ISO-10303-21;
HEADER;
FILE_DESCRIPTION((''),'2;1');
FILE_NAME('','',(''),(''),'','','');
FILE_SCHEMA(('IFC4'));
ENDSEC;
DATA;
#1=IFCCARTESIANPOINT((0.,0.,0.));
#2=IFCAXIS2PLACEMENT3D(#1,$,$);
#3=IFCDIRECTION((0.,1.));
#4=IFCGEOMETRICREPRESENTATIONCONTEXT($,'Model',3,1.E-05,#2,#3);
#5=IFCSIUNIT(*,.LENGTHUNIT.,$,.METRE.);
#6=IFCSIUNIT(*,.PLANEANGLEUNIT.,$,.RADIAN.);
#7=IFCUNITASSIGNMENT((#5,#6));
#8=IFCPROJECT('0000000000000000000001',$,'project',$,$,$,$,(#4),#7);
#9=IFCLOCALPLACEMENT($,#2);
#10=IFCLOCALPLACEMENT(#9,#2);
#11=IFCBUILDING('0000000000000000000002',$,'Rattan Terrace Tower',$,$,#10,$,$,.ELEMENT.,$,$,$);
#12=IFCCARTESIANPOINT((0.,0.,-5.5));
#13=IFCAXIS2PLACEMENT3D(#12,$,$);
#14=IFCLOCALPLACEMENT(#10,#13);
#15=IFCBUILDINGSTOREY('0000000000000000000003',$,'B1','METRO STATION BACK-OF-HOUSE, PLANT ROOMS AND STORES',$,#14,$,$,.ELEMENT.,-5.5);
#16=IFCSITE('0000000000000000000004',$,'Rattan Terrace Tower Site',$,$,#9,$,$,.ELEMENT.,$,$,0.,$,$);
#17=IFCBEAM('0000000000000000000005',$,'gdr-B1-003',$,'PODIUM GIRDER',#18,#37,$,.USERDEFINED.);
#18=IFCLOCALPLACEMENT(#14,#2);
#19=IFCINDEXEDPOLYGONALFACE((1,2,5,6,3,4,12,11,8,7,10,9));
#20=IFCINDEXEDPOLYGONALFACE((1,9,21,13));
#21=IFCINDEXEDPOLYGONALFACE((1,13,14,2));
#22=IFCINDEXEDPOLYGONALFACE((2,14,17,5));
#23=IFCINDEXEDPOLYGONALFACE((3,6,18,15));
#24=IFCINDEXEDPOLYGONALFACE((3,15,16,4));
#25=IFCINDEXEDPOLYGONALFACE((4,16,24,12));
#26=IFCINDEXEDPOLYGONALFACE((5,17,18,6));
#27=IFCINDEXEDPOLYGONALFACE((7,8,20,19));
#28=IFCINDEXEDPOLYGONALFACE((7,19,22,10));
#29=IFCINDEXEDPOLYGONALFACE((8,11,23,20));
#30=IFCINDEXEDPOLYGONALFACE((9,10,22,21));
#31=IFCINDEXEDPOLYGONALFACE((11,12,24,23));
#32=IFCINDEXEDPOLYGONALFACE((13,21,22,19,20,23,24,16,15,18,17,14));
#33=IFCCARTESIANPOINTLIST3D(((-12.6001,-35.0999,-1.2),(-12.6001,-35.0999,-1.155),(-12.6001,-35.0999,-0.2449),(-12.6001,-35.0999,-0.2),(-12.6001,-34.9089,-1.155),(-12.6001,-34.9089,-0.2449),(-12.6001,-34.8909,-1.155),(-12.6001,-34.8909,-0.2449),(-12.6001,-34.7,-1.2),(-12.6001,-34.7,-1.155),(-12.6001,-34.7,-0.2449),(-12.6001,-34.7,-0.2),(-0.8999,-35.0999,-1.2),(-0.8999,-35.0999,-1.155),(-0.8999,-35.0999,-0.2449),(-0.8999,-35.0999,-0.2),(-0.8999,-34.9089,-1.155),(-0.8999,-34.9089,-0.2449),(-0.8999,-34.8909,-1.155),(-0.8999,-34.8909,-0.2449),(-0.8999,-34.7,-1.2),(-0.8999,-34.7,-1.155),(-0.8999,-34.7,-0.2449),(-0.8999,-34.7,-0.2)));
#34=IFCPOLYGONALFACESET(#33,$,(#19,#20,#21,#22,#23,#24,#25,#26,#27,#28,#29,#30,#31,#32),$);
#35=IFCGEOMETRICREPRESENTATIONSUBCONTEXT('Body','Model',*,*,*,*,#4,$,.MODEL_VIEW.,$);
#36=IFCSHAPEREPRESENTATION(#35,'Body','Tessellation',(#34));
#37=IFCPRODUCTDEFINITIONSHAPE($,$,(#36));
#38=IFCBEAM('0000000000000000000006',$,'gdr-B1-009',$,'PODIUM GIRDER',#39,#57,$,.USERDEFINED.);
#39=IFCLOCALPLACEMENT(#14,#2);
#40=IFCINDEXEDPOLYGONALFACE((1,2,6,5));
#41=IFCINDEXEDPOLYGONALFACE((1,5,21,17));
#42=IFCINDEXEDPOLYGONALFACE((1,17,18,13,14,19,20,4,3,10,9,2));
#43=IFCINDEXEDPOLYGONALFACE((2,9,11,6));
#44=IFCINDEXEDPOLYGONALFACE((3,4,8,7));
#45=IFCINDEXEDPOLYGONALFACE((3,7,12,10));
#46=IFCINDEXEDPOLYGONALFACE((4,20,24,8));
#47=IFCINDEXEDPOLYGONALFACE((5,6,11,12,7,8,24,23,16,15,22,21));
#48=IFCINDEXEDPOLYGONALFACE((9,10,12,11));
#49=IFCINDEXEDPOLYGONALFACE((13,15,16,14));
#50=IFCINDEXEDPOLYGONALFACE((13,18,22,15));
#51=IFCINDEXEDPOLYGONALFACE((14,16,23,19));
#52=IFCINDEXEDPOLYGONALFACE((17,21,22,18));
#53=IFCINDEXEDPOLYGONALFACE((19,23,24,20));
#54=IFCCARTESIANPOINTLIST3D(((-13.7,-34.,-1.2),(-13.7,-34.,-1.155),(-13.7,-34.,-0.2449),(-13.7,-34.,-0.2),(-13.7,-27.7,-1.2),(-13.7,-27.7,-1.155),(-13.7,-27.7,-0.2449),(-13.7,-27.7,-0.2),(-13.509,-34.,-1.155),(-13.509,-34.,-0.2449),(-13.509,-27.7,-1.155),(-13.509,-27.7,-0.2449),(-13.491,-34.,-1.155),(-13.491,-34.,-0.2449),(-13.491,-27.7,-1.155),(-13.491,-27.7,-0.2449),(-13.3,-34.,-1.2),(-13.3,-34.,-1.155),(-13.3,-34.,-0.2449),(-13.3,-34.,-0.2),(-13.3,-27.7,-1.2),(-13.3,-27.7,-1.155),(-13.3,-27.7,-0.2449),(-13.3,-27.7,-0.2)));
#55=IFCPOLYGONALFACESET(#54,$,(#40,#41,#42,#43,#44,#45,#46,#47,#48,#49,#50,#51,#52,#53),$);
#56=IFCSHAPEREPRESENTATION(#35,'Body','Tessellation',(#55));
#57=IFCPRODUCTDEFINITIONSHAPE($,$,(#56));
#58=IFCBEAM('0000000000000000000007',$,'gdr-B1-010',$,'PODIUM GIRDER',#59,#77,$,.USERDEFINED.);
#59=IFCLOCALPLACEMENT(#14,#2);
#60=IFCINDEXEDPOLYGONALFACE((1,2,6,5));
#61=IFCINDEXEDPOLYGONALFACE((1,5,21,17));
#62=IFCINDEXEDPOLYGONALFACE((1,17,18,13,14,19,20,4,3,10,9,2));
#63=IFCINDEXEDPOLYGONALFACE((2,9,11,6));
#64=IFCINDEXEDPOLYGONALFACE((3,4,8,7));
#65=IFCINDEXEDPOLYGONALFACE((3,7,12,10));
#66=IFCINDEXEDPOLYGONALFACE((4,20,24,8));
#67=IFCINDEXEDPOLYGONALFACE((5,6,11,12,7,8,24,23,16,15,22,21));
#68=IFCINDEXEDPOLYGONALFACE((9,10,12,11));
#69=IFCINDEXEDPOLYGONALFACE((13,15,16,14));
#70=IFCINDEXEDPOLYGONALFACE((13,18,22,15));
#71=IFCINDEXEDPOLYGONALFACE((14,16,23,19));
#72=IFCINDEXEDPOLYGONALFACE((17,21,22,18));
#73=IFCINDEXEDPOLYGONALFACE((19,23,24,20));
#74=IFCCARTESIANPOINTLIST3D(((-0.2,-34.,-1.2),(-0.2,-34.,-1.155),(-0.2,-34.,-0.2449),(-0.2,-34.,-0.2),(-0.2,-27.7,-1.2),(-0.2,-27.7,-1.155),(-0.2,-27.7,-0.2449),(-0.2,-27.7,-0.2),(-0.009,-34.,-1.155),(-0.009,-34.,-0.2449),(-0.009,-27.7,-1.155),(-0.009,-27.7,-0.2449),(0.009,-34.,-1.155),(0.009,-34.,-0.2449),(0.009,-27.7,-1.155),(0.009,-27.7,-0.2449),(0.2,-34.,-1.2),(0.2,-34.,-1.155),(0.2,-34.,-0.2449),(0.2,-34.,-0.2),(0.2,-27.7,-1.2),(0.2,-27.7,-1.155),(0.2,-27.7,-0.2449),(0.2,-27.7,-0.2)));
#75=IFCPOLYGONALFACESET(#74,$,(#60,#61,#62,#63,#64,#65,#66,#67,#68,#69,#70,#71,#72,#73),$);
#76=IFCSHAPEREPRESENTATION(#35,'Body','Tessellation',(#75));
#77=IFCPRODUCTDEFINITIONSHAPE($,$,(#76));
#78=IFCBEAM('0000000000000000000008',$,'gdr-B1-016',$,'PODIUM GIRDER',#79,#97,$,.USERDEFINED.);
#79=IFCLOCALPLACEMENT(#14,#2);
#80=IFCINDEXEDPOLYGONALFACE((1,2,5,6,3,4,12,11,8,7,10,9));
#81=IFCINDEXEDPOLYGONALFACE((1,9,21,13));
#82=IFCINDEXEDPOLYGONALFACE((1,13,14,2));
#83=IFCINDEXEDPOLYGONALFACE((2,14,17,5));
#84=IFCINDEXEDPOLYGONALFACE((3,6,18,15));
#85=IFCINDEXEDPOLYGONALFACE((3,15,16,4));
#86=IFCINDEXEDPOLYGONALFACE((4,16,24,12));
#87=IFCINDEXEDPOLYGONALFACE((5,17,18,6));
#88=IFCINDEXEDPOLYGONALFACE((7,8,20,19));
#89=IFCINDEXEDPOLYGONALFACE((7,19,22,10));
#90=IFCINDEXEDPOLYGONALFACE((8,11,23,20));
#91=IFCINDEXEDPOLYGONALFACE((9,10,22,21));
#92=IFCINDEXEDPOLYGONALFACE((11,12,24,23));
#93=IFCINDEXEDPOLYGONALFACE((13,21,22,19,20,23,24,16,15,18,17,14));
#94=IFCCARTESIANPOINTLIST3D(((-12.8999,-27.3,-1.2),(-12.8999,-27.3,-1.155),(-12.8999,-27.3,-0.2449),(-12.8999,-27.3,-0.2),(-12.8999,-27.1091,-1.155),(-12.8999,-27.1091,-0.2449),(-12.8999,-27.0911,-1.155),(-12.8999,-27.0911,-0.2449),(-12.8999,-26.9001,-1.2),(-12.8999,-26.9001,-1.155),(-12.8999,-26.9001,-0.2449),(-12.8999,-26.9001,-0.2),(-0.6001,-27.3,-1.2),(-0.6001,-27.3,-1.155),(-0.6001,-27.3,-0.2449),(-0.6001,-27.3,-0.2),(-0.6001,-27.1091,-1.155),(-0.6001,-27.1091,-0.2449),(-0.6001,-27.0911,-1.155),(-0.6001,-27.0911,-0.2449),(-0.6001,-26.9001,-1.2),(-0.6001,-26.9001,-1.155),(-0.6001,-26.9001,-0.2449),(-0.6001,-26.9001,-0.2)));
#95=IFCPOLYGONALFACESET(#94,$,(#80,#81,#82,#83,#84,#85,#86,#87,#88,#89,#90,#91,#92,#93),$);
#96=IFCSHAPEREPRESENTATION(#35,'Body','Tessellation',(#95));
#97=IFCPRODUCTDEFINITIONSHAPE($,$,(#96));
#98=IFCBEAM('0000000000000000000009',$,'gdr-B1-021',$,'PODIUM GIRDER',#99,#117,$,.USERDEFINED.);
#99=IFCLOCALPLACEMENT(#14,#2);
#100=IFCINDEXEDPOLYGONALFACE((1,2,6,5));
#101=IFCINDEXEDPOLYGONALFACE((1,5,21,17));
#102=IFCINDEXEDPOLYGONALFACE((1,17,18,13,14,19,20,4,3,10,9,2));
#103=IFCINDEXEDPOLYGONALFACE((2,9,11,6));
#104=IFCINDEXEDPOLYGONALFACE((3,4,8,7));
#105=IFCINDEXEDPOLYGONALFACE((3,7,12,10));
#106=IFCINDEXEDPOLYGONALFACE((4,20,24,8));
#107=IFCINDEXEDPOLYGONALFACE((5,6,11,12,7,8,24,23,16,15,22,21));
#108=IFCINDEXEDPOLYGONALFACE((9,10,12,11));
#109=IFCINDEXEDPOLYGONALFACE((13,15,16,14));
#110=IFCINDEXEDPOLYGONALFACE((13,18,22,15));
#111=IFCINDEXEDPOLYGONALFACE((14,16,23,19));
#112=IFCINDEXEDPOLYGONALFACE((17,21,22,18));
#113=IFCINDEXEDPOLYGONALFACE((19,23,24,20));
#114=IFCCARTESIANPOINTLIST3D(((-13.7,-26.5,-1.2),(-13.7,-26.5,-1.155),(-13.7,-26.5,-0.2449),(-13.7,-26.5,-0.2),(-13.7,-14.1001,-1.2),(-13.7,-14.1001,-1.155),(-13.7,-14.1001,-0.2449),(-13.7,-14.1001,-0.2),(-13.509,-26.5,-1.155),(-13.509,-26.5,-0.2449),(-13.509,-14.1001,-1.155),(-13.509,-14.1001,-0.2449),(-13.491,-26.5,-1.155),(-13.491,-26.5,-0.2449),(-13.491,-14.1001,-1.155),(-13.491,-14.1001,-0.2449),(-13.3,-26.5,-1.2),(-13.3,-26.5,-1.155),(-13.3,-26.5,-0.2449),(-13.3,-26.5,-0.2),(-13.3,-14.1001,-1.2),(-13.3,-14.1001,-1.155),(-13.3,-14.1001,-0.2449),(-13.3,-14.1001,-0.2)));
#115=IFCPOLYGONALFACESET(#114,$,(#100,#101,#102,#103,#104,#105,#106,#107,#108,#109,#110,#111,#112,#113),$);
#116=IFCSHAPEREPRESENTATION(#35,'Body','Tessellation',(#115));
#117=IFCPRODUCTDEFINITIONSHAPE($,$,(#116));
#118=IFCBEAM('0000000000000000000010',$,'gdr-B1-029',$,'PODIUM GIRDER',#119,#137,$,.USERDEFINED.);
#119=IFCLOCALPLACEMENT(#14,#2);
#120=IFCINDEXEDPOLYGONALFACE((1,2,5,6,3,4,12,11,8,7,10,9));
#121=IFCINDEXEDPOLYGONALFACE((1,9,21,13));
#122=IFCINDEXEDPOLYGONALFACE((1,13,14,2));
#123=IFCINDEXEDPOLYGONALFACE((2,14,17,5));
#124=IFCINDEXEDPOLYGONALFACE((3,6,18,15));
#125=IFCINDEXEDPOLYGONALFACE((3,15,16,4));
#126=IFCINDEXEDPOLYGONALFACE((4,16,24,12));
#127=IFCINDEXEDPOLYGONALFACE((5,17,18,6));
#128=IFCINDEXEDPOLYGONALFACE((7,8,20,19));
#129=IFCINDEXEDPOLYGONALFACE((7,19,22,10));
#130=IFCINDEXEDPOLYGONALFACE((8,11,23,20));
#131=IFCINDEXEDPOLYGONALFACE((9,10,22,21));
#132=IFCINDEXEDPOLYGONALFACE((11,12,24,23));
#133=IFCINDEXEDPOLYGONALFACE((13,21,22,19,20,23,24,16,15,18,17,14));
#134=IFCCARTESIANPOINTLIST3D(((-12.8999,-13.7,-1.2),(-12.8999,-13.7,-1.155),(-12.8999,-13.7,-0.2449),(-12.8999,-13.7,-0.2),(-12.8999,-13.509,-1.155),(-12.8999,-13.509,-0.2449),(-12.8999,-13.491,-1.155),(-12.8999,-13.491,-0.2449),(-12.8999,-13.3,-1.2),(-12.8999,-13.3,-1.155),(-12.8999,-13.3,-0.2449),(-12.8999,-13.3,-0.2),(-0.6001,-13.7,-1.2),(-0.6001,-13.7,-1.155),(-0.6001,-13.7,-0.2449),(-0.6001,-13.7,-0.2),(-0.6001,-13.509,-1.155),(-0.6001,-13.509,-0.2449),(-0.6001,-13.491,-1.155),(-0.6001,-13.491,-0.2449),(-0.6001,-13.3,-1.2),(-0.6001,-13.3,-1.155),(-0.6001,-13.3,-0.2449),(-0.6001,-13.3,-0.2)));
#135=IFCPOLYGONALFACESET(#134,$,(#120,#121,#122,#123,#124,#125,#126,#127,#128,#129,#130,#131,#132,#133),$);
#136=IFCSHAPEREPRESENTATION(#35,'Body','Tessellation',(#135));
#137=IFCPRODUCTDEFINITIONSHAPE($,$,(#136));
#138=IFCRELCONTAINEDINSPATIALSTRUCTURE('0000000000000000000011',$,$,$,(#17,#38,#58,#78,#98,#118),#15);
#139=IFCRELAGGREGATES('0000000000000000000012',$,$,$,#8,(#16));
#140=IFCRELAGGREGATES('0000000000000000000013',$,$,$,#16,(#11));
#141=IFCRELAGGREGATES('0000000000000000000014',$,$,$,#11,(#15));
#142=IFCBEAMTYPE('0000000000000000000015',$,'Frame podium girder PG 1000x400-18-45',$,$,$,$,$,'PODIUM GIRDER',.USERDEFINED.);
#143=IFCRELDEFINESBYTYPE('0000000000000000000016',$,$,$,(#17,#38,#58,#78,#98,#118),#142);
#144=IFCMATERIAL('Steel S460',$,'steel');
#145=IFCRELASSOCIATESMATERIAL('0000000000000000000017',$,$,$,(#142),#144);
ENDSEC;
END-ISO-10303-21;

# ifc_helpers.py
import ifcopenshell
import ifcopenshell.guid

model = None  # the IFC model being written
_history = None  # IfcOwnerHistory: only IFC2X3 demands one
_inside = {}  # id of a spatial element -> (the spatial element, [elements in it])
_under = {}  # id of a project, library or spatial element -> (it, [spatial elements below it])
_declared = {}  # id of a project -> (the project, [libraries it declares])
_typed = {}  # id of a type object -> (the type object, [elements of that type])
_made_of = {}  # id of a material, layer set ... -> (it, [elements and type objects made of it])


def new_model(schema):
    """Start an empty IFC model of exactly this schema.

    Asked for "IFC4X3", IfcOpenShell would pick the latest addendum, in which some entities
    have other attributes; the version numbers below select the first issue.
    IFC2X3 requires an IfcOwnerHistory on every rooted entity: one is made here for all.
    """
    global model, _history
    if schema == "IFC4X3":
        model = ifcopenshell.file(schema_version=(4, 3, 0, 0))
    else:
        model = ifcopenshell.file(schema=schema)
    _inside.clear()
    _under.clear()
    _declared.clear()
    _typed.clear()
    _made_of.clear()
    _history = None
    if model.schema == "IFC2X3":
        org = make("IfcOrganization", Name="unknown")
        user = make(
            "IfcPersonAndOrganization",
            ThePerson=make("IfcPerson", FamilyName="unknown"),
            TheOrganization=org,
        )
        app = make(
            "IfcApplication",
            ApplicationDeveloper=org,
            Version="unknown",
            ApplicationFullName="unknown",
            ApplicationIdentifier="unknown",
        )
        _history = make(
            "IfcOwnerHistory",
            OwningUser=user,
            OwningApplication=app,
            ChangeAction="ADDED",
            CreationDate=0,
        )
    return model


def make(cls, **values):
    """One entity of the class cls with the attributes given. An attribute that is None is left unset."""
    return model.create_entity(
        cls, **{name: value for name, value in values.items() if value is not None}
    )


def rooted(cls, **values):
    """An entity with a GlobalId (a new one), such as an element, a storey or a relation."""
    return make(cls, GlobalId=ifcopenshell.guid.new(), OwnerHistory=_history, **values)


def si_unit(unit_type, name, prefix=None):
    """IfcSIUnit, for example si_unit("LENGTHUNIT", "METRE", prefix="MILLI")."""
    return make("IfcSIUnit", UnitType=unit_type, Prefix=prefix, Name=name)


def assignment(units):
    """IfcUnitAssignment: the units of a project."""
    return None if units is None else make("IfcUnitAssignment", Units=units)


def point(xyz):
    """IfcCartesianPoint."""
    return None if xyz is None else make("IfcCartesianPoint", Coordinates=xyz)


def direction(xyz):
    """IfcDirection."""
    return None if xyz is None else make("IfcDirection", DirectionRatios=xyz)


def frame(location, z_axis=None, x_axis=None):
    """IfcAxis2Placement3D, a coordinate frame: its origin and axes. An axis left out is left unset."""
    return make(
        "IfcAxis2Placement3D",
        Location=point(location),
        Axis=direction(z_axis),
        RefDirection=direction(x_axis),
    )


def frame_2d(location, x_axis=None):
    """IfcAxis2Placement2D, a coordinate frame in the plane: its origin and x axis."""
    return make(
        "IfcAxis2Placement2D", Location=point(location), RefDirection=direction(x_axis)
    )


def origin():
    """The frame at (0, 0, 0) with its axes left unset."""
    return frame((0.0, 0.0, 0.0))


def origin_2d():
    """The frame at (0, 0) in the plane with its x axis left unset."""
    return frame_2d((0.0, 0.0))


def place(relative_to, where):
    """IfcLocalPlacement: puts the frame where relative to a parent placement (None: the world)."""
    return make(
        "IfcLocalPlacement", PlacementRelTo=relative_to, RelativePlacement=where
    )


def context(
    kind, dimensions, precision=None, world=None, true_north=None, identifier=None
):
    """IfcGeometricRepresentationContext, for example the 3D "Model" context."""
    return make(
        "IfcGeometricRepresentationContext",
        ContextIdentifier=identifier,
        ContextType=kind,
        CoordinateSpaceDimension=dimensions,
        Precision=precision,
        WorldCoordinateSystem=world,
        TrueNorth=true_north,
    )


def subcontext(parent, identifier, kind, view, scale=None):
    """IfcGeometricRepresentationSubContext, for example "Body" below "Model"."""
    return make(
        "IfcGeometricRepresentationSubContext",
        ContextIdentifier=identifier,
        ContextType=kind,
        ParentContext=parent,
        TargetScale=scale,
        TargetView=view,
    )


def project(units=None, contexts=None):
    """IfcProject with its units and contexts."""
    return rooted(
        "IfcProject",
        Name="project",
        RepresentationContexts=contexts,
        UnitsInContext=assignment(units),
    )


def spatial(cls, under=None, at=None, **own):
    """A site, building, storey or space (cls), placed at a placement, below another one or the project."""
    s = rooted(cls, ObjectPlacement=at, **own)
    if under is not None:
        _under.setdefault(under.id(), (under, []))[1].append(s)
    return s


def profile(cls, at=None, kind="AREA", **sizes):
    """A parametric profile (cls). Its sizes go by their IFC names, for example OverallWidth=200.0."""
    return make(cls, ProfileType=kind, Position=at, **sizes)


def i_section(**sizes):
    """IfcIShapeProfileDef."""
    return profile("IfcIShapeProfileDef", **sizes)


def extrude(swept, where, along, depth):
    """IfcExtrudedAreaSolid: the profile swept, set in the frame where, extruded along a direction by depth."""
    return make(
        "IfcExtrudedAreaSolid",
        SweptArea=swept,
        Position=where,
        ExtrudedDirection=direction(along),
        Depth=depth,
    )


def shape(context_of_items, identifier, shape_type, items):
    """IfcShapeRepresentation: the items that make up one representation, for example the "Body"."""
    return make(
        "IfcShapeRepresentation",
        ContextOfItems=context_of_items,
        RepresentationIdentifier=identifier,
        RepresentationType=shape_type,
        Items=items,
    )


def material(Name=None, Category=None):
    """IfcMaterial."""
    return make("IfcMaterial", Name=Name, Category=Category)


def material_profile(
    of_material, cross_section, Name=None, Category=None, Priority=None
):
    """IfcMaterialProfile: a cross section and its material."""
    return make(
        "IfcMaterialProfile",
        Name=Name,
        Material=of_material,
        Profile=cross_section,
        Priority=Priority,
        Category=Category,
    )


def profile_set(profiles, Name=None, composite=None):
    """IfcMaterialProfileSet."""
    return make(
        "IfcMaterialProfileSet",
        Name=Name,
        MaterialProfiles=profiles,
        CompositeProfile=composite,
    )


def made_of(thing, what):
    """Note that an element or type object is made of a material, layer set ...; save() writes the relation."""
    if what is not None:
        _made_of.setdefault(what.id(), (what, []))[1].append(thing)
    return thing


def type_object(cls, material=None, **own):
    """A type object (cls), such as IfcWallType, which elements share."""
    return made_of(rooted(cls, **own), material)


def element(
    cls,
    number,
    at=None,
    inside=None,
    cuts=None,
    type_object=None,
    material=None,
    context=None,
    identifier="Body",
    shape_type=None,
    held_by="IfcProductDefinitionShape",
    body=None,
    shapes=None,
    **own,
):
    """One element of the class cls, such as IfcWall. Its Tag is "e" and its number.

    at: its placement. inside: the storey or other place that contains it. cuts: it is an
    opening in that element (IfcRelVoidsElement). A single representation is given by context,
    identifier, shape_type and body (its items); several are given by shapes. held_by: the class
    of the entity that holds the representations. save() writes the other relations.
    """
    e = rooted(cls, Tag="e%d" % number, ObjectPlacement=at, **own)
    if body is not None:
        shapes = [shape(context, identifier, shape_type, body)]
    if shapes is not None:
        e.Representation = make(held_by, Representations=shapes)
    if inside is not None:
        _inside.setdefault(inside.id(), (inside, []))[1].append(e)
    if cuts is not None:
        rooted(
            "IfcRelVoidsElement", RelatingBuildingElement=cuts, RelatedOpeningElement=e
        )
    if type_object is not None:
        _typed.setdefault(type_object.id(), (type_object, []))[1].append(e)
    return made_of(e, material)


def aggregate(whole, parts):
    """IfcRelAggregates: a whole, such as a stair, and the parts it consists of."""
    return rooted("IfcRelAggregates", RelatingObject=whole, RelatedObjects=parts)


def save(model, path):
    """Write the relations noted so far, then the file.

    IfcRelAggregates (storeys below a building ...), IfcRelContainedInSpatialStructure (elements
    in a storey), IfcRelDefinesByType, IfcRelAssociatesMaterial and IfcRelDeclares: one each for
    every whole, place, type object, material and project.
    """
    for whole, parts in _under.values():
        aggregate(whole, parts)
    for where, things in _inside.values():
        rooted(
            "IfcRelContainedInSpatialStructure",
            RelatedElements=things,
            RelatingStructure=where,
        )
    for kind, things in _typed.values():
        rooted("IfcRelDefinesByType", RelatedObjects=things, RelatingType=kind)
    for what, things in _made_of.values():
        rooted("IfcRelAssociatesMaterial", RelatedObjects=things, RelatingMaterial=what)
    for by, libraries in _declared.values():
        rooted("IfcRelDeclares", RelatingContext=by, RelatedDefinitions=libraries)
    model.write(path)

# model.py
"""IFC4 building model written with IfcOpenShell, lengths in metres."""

from ifc_helpers import new_model, si_unit, direction, frame, origin, origin_2d, place, context, subcontext, project, spatial, i_section, extrude, material, material_profile, profile_set, type_object, element, save


model = new_model("IFC4")

# Units and contexts
model_context = context("Model", 3, precision=1e-05, world=origin(), true_north=direction((0.0, 1.0)))
body_context = subcontext(model_context, "Body", "Model", "MODEL_VIEW")
ifc_project = project(units=[si_unit("LENGTHUNIT", "METRE"), si_unit("PLANEANGLEUNIT", "RADIAN")], contexts=[model_context])

# Site, building, storey
site_placement = place(None, origin())
site = spatial("IfcSite", under=ifc_project, at=site_placement, Name="Rattan Terrace Tower Site", CompositionType="ELEMENT", RefElevation=0.0)
building_placement = place(site_placement, origin())
building = spatial("IfcBuilding", under=site, at=building_placement, Name="Rattan Terrace Tower", CompositionType="ELEMENT")
storey_placement = place(building_placement, frame((0.0, 0.0, -5.5)))
storey = spatial("IfcBuildingStorey", under=building, at=storey_placement, Name="B1", Description="METRO STATION BACK-OF-HOUSE, PLANT ROOMS AND STORES", CompositionType="ELEMENT", Elevation=-5.5)

# Beams
ifc_material_1 = material(Name="Steel S460", Category="steel")
ifc_material_profile_1 = material_profile(ifc_material_1, i_section(OverallWidth=0.3999, OverallDepth=1.0, WebThickness=0.0181, FlangeThickness=0.0449, at=origin_2d()), Name="PG 1000x400-18-45")
ifc_profile_set_1 = profile_set([ifc_material_profile_1], Name="Steel S460")
beam_type_1 = type_object("IfcBeamType", Name="Frame podium girder PG 1000x400-18-45", ElementType="PODIUM GIRDER", PredefinedType="USERDEFINED", material=ifc_profile_set_1)
beam_1_placement = place(storey_placement, frame((-12.6001, -34.8999, -0.7), z_axis=(1.0, 0.0, 0.0), x_axis=(0.0, 1.0, 0.0)))
element("IfcBeam", 1, at=beam_1_placement, inside=storey, type_object=beam_type_1, Name="gdr-B1-003", ObjectType="PODIUM GIRDER", PredefinedType="USERDEFINED", context=body_context, shape_type="SweptSolid", body=[
    extrude(i_section(OverallWidth=0.3999, OverallDepth=1.0, WebThickness=0.0181, FlangeThickness=0.0449, at=origin_2d()), origin(), (0.0, 0.0, 1.0), 11.7002),
])
for number, where, z_axis, x_axis, name in (
    (2, (-13.5, -34.0, -0.7), (0.0, 1.0, 0.0), (-1.0, 0.0, 0.0), "gdr-B1-009"),
    (3, (0.0, -34.0, -0.7), (0.0, 1.0, 0.0), (-1.0, 0.0, 0.0), "gdr-B1-010"),
):
    element("IfcBeam", number, at=place(storey_placement, frame(where, z_axis=z_axis, x_axis=x_axis)), inside=storey, type_object=beam_type_1, Name=name, ObjectType="PODIUM GIRDER", PredefinedType="USERDEFINED", context=body_context, shape_type="SweptSolid", body=[
        extrude(i_section(OverallWidth=0.3999, OverallDepth=1.0, WebThickness=0.0181, FlangeThickness=0.0449, at=origin_2d()), origin(), (0.0, 0.0, 1.0), 6.3),
    ])
beam_2_placement = place(storey_placement, frame((-12.8999, -27.1001, -0.7), z_axis=(1.0, 0.0, 0.0), x_axis=(0.0, 1.0, 0.0)))
element("IfcBeam", 4, at=beam_2_placement, inside=storey, type_object=beam_type_1, Name="gdr-B1-016", ObjectType="PODIUM GIRDER", PredefinedType="USERDEFINED", context=body_context, shape_type="SweptSolid", body=[
    extrude(i_section(OverallWidth=0.3999, OverallDepth=1.0, WebThickness=0.0181, FlangeThickness=0.0449, at=origin_2d()), origin(), (0.0, 0.0, 1.0), 12.2998),
])
beam_3_placement = place(storey_placement, frame((-13.5, -26.5, -0.7), z_axis=(0.0, 1.0, 0.0), x_axis=(-1.0, 0.0, 0.0)))
element("IfcBeam", 5, at=beam_3_placement, inside=storey, type_object=beam_type_1, Name="gdr-B1-021", ObjectType="PODIUM GIRDER", PredefinedType="USERDEFINED", context=body_context, shape_type="SweptSolid", body=[
    extrude(i_section(OverallWidth=0.3999, OverallDepth=1.0, WebThickness=0.0181, FlangeThickness=0.0449, at=origin_2d()), origin(), (0.0, 0.0, 1.0), 12.3999),
])
beam_4_placement = place(storey_placement, frame((-12.8999, -13.5, -0.7), z_axis=(1.0, 0.0, 0.0), x_axis=(0.0, 1.0, 0.0)))
element("IfcBeam", 6, at=beam_4_placement, inside=storey, type_object=beam_type_1, Name="gdr-B1-029", ObjectType="PODIUM GIRDER", PredefinedType="USERDEFINED", context=body_context, shape_type="SweptSolid", body=[
    extrude(i_section(OverallWidth=0.3999, OverallDepth=1.0, WebThickness=0.0181, FlangeThickness=0.0449, at=origin_2d()), origin(), (0.0, 0.0, 1.0), 12.2998),
])

save(model, "model.ifc")
